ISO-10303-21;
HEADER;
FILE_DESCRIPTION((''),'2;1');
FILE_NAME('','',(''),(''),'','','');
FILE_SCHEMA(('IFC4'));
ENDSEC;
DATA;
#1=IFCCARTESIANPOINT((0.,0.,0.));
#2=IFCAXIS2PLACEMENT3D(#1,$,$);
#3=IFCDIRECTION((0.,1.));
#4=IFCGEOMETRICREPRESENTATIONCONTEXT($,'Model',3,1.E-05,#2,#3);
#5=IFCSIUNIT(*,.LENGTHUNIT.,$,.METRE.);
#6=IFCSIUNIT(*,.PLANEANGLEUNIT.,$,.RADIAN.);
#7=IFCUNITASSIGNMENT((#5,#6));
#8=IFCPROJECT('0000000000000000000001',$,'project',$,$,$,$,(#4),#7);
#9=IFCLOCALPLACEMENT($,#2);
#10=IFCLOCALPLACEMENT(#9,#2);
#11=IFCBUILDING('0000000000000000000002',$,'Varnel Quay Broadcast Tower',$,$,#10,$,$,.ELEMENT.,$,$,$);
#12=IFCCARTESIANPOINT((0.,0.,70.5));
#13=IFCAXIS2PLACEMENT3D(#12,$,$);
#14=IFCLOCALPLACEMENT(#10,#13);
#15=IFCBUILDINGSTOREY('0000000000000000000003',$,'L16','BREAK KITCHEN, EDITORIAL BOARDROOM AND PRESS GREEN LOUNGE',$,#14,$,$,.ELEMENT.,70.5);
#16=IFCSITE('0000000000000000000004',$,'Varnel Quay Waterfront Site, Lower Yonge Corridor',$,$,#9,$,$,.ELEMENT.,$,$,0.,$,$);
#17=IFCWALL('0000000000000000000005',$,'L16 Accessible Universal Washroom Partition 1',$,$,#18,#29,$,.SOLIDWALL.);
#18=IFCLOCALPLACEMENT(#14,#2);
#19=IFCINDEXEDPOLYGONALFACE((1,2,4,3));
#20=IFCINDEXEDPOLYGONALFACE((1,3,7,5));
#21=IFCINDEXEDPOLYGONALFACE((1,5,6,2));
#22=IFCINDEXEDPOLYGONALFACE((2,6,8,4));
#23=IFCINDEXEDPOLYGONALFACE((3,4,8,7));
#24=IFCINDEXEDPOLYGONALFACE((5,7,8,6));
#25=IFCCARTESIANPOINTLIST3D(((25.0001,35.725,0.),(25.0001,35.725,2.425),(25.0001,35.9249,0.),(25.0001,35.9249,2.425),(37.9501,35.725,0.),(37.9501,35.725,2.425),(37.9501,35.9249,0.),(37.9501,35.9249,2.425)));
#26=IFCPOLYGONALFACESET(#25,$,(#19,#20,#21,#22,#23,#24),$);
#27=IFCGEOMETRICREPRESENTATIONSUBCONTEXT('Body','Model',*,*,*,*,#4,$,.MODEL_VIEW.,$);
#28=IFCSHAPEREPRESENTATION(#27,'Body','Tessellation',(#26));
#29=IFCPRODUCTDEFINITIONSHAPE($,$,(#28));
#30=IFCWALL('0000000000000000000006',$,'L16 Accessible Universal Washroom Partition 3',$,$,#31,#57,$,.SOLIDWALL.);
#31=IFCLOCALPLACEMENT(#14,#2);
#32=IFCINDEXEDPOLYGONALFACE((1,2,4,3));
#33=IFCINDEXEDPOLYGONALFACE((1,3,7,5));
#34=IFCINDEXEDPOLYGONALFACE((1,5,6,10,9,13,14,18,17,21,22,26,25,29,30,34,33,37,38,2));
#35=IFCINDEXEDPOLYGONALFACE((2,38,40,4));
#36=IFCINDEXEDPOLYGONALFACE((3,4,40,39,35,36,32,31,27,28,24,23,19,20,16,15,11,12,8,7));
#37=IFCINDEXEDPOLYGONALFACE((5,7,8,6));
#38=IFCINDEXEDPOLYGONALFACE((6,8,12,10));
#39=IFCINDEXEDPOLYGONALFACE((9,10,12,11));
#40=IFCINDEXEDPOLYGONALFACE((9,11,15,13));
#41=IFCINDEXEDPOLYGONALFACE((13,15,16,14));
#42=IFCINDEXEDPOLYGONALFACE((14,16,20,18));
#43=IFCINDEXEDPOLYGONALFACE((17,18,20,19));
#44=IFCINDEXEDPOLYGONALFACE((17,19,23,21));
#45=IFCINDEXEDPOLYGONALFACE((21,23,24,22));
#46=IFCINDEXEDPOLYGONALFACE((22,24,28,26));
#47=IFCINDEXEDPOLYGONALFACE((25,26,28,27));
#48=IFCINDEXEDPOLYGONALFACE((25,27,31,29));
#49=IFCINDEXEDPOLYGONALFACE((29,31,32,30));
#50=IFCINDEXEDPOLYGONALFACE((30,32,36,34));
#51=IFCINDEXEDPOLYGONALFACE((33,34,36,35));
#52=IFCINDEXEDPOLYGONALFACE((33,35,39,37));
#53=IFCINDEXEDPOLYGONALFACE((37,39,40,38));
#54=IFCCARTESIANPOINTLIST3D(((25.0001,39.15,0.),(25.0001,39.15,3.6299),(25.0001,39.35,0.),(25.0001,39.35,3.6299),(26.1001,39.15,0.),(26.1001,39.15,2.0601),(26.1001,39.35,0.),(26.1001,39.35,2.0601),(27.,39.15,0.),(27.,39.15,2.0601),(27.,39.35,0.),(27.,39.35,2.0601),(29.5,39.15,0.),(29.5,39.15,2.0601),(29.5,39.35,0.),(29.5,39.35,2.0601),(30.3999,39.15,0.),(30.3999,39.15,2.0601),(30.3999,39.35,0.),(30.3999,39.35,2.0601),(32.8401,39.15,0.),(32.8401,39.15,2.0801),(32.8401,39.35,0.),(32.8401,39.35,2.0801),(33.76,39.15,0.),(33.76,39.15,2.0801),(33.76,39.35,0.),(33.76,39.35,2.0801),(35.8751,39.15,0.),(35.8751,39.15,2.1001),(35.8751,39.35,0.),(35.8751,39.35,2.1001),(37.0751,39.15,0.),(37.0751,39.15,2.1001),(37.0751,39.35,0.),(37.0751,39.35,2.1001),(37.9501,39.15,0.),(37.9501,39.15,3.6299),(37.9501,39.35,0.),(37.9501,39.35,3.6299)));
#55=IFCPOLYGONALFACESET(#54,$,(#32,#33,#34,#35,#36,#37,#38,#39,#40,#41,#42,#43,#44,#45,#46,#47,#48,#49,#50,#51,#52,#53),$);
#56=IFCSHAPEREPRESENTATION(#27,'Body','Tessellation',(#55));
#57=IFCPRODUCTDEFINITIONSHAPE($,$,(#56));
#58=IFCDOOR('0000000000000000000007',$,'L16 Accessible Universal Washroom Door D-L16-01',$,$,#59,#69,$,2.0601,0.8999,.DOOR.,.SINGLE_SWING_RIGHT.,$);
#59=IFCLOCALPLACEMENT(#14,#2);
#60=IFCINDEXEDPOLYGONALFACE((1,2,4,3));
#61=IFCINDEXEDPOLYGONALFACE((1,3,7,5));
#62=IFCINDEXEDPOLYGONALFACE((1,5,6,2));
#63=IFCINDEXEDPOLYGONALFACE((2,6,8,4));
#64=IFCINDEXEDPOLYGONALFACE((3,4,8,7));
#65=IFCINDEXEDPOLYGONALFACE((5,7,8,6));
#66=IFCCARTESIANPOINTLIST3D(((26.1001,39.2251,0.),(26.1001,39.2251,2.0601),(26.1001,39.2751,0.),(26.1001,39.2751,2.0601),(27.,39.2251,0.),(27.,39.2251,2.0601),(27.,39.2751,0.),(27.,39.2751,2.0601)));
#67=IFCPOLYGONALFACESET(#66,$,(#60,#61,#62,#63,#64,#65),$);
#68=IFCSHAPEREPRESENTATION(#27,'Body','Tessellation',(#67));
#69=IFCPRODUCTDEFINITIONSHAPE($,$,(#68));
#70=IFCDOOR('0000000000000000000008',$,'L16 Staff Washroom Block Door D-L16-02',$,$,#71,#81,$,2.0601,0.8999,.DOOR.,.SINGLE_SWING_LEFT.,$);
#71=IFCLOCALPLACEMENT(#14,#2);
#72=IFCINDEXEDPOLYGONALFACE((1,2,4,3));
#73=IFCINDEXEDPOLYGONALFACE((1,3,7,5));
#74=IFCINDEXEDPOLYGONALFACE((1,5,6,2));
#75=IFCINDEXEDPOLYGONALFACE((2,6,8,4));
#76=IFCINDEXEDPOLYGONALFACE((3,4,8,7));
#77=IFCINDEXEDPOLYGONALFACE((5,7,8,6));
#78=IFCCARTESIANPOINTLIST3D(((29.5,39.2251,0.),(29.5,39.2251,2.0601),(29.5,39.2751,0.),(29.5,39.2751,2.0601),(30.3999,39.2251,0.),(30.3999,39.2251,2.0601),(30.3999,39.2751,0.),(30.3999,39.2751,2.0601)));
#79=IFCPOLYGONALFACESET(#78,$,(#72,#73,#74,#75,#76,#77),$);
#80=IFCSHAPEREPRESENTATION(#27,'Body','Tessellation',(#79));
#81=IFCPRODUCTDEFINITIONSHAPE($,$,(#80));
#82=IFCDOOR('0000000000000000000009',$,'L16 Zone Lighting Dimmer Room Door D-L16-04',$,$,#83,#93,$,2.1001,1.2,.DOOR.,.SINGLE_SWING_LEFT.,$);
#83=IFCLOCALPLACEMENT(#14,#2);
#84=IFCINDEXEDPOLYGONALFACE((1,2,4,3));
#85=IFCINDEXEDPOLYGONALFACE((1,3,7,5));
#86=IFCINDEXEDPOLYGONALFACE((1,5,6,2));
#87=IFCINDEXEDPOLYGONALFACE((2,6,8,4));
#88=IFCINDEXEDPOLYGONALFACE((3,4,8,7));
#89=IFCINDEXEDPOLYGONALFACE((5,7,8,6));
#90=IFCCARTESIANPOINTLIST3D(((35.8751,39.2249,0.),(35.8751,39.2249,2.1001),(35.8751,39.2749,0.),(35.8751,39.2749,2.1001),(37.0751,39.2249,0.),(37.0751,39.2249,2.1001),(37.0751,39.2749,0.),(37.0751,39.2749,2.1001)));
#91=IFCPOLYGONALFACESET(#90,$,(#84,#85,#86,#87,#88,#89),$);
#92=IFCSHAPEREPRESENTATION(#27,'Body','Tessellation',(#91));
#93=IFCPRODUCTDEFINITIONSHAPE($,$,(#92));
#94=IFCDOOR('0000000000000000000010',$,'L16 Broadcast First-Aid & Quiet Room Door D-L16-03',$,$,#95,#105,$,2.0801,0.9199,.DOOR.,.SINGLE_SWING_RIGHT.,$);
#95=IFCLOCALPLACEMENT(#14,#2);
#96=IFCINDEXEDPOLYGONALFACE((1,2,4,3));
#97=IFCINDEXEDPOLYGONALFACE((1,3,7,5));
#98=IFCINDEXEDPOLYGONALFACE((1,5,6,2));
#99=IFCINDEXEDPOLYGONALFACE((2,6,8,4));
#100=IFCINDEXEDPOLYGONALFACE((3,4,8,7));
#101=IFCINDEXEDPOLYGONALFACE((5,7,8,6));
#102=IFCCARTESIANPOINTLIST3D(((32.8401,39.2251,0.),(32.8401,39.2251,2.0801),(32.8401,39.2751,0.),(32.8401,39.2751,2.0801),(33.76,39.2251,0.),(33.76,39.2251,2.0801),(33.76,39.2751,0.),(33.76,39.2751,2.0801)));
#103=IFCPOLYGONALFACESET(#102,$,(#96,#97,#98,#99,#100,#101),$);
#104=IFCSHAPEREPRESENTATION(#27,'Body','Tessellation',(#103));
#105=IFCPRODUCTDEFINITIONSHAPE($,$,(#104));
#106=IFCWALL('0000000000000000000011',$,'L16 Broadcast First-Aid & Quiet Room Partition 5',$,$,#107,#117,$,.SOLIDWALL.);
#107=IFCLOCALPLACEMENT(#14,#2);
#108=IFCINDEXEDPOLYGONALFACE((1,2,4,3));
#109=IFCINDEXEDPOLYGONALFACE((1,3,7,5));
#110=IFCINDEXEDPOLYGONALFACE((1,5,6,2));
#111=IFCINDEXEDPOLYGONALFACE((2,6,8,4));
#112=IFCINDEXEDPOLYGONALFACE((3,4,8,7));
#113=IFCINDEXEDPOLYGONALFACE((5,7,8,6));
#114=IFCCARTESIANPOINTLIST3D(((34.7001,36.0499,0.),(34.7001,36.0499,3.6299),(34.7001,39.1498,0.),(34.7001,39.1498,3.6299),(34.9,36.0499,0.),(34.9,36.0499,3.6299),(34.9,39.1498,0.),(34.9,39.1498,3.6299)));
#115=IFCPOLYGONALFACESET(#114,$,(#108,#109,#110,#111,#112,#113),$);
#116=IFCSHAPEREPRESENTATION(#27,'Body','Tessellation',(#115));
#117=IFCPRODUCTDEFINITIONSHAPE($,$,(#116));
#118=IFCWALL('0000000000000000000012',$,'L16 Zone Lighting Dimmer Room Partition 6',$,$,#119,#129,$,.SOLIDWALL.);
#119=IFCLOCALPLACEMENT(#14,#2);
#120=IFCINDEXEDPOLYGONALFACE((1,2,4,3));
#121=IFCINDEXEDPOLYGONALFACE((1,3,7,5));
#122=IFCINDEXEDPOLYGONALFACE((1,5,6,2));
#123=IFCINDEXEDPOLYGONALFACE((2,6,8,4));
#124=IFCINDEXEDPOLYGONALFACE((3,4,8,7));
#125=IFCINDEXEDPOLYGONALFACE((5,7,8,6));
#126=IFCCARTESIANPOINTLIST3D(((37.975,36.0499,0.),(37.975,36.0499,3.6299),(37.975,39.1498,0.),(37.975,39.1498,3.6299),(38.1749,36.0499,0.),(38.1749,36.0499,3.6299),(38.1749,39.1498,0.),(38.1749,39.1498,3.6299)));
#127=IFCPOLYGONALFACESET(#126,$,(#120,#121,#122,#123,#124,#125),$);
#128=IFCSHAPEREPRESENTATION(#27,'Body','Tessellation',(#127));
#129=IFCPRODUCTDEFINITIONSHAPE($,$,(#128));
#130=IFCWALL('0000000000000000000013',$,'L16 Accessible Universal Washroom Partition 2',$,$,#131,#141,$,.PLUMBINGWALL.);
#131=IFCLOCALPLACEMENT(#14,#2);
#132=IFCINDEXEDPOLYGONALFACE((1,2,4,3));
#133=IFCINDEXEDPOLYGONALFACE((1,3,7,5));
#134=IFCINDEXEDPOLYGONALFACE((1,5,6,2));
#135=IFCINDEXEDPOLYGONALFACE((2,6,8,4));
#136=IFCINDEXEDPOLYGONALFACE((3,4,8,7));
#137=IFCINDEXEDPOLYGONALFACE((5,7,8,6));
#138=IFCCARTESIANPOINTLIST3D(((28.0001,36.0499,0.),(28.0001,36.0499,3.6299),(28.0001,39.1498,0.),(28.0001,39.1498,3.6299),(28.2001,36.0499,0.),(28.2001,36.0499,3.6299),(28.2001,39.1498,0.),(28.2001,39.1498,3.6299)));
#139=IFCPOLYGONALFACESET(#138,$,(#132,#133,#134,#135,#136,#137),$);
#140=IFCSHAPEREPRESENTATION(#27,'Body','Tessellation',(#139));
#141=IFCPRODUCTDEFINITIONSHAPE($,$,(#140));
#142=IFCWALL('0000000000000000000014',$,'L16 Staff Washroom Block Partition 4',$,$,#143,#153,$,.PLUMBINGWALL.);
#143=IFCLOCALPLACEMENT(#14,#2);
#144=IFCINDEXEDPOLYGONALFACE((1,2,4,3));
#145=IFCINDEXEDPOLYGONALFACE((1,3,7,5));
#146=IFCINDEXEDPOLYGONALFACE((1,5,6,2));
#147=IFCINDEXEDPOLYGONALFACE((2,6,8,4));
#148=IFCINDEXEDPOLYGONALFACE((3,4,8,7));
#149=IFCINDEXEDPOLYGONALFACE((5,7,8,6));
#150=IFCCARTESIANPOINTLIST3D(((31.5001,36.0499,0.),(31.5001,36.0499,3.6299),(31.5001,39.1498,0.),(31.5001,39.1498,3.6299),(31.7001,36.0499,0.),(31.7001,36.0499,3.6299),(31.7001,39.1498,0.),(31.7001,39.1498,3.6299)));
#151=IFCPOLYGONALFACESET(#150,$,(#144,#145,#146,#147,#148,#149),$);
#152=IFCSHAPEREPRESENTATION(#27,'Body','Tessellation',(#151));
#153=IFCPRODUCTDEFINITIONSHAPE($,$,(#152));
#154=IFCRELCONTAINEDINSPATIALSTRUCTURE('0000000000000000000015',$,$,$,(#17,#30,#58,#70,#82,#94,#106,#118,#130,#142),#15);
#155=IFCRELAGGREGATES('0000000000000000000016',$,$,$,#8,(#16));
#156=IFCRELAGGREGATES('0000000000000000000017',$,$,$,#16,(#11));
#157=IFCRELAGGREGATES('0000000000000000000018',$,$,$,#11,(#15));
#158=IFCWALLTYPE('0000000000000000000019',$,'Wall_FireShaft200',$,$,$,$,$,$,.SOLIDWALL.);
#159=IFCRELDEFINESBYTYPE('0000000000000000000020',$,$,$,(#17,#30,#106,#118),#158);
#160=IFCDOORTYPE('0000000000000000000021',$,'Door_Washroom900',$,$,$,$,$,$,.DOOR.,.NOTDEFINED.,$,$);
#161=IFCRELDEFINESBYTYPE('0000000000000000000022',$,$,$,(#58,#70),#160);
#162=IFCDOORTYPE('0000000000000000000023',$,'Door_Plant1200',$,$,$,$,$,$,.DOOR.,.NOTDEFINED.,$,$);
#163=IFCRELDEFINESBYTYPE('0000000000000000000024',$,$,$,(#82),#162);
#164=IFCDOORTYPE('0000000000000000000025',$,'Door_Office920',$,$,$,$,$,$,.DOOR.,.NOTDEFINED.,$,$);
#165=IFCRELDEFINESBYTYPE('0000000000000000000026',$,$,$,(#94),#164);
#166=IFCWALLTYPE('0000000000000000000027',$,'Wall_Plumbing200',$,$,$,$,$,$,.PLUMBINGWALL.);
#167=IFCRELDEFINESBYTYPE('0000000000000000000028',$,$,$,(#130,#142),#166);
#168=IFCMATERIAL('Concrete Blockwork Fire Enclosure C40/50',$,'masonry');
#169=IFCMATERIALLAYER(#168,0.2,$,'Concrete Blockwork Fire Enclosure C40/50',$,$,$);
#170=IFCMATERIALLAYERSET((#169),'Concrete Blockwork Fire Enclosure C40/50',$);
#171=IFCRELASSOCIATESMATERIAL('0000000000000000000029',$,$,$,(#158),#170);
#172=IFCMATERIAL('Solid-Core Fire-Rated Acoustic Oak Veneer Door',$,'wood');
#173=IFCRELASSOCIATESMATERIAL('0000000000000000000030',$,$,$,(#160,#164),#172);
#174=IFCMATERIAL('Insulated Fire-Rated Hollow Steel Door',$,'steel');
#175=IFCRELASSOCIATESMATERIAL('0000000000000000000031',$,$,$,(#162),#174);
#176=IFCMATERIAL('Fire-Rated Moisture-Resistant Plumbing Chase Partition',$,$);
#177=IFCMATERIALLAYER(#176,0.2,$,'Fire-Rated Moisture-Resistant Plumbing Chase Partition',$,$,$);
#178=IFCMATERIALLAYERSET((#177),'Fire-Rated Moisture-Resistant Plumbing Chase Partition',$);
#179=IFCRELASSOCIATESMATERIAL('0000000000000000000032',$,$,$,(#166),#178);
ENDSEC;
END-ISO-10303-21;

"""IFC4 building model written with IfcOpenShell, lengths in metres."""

from ifc_helpers import new_model, si_unit, direction, frame, frame_2d, origin, place, context, subcontext, project, spatial, rectangle, extrude, source, transform, mapped, material, layer, layer_set, type_object, type_shapes, element, fill, save


model = new_model("IFC4")

# Units and contexts
model_context = context("Model", 3, precision=1e-05, world=origin(), true_north=direction((0.0, 1.0)))
body_context = subcontext(model_context, "Body", "Model", "MODEL_VIEW")
ifc_project = project(units=[si_unit("LENGTHUNIT", "METRE"), si_unit("PLANEANGLEUNIT", "RADIAN")], contexts=[model_context])

# Site, building, storey
site_placement = place(None, origin())
site = spatial("IfcSite", under=ifc_project, at=site_placement, Name="Varnel Quay Waterfront Site, Lower Yonge Corridor", CompositionType="ELEMENT", RefElevation=0.0)
building_placement = place(site_placement, origin())
building = spatial("IfcBuilding", under=site, at=building_placement, Name="Varnel Quay Broadcast Tower", CompositionType="ELEMENT")
storey_placement = place(building_placement, frame((0.0, 0.0, 70.5)))
storey = spatial("IfcBuildingStorey", under=building, at=storey_placement, Name="L16", Description="BREAK KITCHEN, EDITORIAL BOARDROOM AND PRESS GREEN LOUNGE", CompositionType="ELEMENT", Elevation=70.5)

# Wall
ifc_material_1 = material(Name="Concrete Blockwork Fire Enclosure C40/50", Category="masonry")
ifc_layer_1 = layer(ifc_material_1, 0.2, Name="Concrete Blockwork Fire Enclosure C40/50")
ifc_layer_set_1 = layer_set([ifc_layer_1], Name="Concrete Blockwork Fire Enclosure C40/50")
wall_type_1 = type_object("IfcWallType", Name="Wall_FireShaft200", PredefinedType="SOLIDWALL", material=ifc_layer_set_1)
wall_1_placement = place(storey_placement, frame((25.0, 35.825, 0.0), z_axis=(0.0, 0.0, 1.0), x_axis=(1.0, 0.0, 0.0)))
element("IfcWall", 1, at=wall_1_placement, inside=storey, type_object=wall_type_1, Name="L16 Accessible Universal Washroom Partition 1", PredefinedType="SOLIDWALL", context=body_context, shape_type="SweptSolid", body=[
    extrude(rectangle(XDim=12.95, YDim=0.2, at=frame_2d((6.4751, 0.0))), origin(), (0.0, 0.0, 1.0), 2.425),
])

# Wall, openings, doors
wall_2_placement = place(storey_placement, frame((25.0, 39.25, 0.0), z_axis=(0.0, 0.0, 1.0), x_axis=(1.0, 0.0, 0.0)))
wall_2 = element("IfcWall", 2, at=wall_2_placement, inside=storey, type_object=wall_type_1, Name="L16 Accessible Universal Washroom Partition 3", PredefinedType="SOLIDWALL", context=body_context, shape_type="SweptSolid", body=[
    extrude(rectangle(XDim=12.95, YDim=0.2, at=frame_2d((6.4751, 0.0))), origin(), (0.0, 0.0, 1.0), 3.6299),
])
opening_1_placement = place(wall_2_placement, frame((1.1001, 0.0, 0.0)))
opening_1 = element("IfcOpeningElement", 3, at=opening_1_placement, cuts=wall_2, PredefinedType="OPENING", context=body_context, shape_type="SweptSolid", body=[
    extrude(rectangle(XDim=0.8999, YDim=2.0601, at=frame_2d((0.45, 1.03))), frame((0.0, 0.1099, 0.0), z_axis=(0.0, -1.0, 0.0), x_axis=(1.0, 0.0, 0.0)), (0.0, 0.0, 1.0), 0.22),
])
opening_2_placement = place(wall_2_placement, frame((4.5, 0.0, 0.0)))
opening_2 = element("IfcOpeningElement", 4, at=opening_2_placement, cuts=wall_2, PredefinedType="OPENING", context=body_context, shape_type="SweptSolid", body=[
    extrude(rectangle(XDim=0.8999, YDim=2.0601, at=frame_2d((0.45, 1.03))), frame((0.0, 0.1099, 0.0), z_axis=(0.0, -1.0, 0.0), x_axis=(1.0, 0.0, 0.0)), (0.0, 0.0, 1.0), 0.22),
])
opening_3_placement = place(wall_2_placement, frame((7.8401, 0.0, 0.0)))
opening_3 = element("IfcOpeningElement", 5, at=opening_3_placement, cuts=wall_2, PredefinedType="OPENING", context=body_context, shape_type="SweptSolid", body=[
    extrude(rectangle(XDim=0.9199, YDim=2.0801, at=frame_2d((0.46, 1.04))), frame((0.0, 0.1099, 0.0), z_axis=(0.0, -1.0, 0.0), x_axis=(1.0, 0.0, 0.0)), (0.0, 0.0, 1.0), 0.22),
])
opening_4_placement = place(wall_2_placement, frame((10.875, 0.0, 0.0)))
opening_4 = element("IfcOpeningElement", 6, at=opening_4_placement, cuts=wall_2, PredefinedType="OPENING", context=body_context, shape_type="SweptSolid", body=[
    extrude(rectangle(XDim=1.2, YDim=2.1001, at=frame_2d((0.6001, 1.05))), frame((0.0, 0.1099, 0.0), z_axis=(0.0, -1.0, 0.0), x_axis=(1.0, 0.0, 0.0)), (0.0, 0.0, 1.0), 0.22),
])
ifc_material_2 = material(Name="Solid-Core Fire-Rated Acoustic Oak Veneer Door", Category="wood")
door_type_1 = type_object("IfcDoorType", Name="Door_Washroom900", OperationType="NOTDEFINED", PredefinedType="DOOR", material=ifc_material_2)
shared_shape_1 = source(origin(), body_context, "Body", "SweptSolid", [
    extrude(rectangle(XDim=0.8999, YDim=2.0601, at=frame_2d((0.45, 1.03))), frame((0.0, 0.0249, 0.0), z_axis=(0.0, -1.0, 0.0), x_axis=(1.0, 0.0, 0.0)), (0.0, 0.0, 1.0), 0.05),
])
type_shapes(door_type_1, [shared_shape_1])
door_1_placement = place(opening_1_placement, frame((0.8999, 0.0, 0.0), z_axis=(0.0, 0.0, 1.0), x_axis=(-1.0, 0.0, 0.0)))
door_1 = element("IfcDoor", 7, at=door_1_placement, inside=storey, type_object=door_type_1, Name="L16 Accessible Universal Washroom Door D-L16-01", OperationType="SINGLE_SWING_RIGHT", OverallHeight=2.0601, OverallWidth=0.8999, PredefinedType="DOOR", context=body_context, shape_type="MappedRepresentation", body=[
    mapped(shared_shape_1, transform((0.0, 0.0, 0.0), x_axis=(1.0, 0.0, 0.0), y_axis=(0.0, 1.0, 0.0), z_axis=(0.0, 0.0, 1.0), scale=1.0)),
])
fill(opening_1, door_1)
door_2_placement = place(opening_2_placement, frame((0.8999, 0.0, 0.0), z_axis=(0.0, 0.0, 1.0), x_axis=(-1.0, 0.0, 0.0)))
door_2 = element("IfcDoor", 8, at=door_2_placement, inside=storey, type_object=door_type_1, Name="L16 Staff Washroom Block Door D-L16-02", OperationType="SINGLE_SWING_LEFT", OverallHeight=2.0601, OverallWidth=0.8999, PredefinedType="DOOR", context=body_context, shape_type="MappedRepresentation", body=[
    mapped(shared_shape_1, transform((0.0, 0.0, 0.0), x_axis=(1.0, 0.0, 0.0), y_axis=(0.0, 1.0, 0.0), z_axis=(0.0, 0.0, 1.0), scale=1.0)),
])
fill(opening_2, door_2)
ifc_material_3 = material(Name="Insulated Fire-Rated Hollow Steel Door", Category="steel")
door_type_2 = type_object("IfcDoorType", Name="Door_Plant1200", OperationType="NOTDEFINED", PredefinedType="DOOR", material=ifc_material_3)
shared_shape_2 = source(origin(), body_context, "Body", "SweptSolid", [
    extrude(rectangle(XDim=1.2, YDim=2.1001, at=frame_2d((0.6001, 1.05))), frame((0.0, 0.0249, 0.0), z_axis=(0.0, -1.0, 0.0), x_axis=(1.0, 0.0, 0.0)), (0.0, 0.0, 1.0), 0.05),
])
type_shapes(door_type_2, [shared_shape_2])
door_3_placement = place(opening_4_placement, origin())
door_3 = element("IfcDoor", 9, at=door_3_placement, inside=storey, type_object=door_type_2, Name="L16 Zone Lighting Dimmer Room Door D-L16-04", OperationType="SINGLE_SWING_LEFT", OverallHeight=2.1001, OverallWidth=1.2, PredefinedType="DOOR", context=body_context, shape_type="MappedRepresentation", body=[
    mapped(shared_shape_2, transform((0.0, 0.0, 0.0), x_axis=(1.0, 0.0, 0.0), y_axis=(0.0, 1.0, 0.0), z_axis=(0.0, 0.0, 1.0), scale=1.0)),
])
fill(opening_4, door_3)
door_type_3 = type_object("IfcDoorType", Name="Door_Office920", OperationType="NOTDEFINED", PredefinedType="DOOR", material=ifc_material_2)
shared_shape_3 = source(origin(), body_context, "Body", "SweptSolid", [
    extrude(rectangle(XDim=0.9199, YDim=2.0801, at=frame_2d((0.46, 1.04))), frame((0.0, 0.0249, 0.0), z_axis=(0.0, -1.0, 0.0), x_axis=(1.0, 0.0, 0.0)), (0.0, 0.0, 1.0), 0.05),
])
type_shapes(door_type_3, [shared_shape_3])
door_4_placement = place(opening_3_placement, frame((0.9199, 0.0, 0.0), z_axis=(0.0, 0.0, 1.0), x_axis=(-1.0, 0.0, 0.0)))
door_4 = element("IfcDoor", 10, at=door_4_placement, inside=storey, type_object=door_type_3, Name="L16 Broadcast First-Aid & Quiet Room Door D-L16-03", OperationType="SINGLE_SWING_RIGHT", OverallHeight=2.0801, OverallWidth=0.9199, PredefinedType="DOOR", context=body_context, shape_type="MappedRepresentation", body=[
    mapped(shared_shape_3, transform((0.0, 0.0, 0.0), x_axis=(1.0, 0.0, 0.0), y_axis=(0.0, 1.0, 0.0), z_axis=(0.0, 0.0, 1.0), scale=1.0)),
])
fill(opening_3, door_4)

# Walls
for number, where, z_axis, x_axis, name in (
    (11, (34.8, 36.05, 0.0), (0.0, 0.0, 1.0), (0.0, 1.0, 0.0), "L16 Broadcast First-Aid & Quiet Room Partition 5"),
    (12, (38.075, 36.05, 0.0), (0.0, 0.0, 1.0), (0.0, 1.0, 0.0), "L16 Zone Lighting Dimmer Room Partition 6"),
):
    element("IfcWall", number, at=place(storey_placement, frame(where, z_axis=z_axis, x_axis=x_axis)), inside=storey, type_object=wall_type_1, Name=name, PredefinedType="SOLIDWALL", context=body_context, shape_type="SweptSolid", body=[
        extrude(rectangle(XDim=3.0999, YDim=0.2, at=frame_2d((1.5498, 0.0))), origin(), (0.0, 0.0, 1.0), 3.6299),
    ])
ifc_material_4 = material(Name="Fire-Rated Moisture-Resistant Plumbing Chase Partition")
ifc_layer_2 = layer(ifc_material_4, 0.2, Name="Fire-Rated Moisture-Resistant Plumbing Chase Partition")
ifc_layer_set_2 = layer_set([ifc_layer_2], Name="Fire-Rated Moisture-Resistant Plumbing Chase Partition")
wall_type_2 = type_object("IfcWallType", Name="Wall_Plumbing200", PredefinedType="PLUMBINGWALL", material=ifc_layer_set_2)
for number, where, z_axis, x_axis, name in (
    (13, (28.1001, 36.05, 0.0), (0.0, 0.0, 1.0), (0.0, 1.0, 0.0), "L16 Accessible Universal Washroom Partition 2"),
    (14, (31.6001, 36.05, 0.0), (0.0, 0.0, 1.0), (0.0, 1.0, 0.0), "L16 Staff Washroom Block Partition 4"),
):
    element("IfcWall", number, at=place(storey_placement, frame(where, z_axis=z_axis, x_axis=x_axis)), inside=storey, type_object=wall_type_2, Name=name, PredefinedType="PLUMBINGWALL", context=body_context, shape_type="SweptSolid", body=[
        extrude(rectangle(XDim=3.0999, YDim=0.2, at=frame_2d((1.5498, 0.0))), origin(), (0.0, 0.0, 1.0), 3.6299),
    ])

save(model, "model.ifc")
